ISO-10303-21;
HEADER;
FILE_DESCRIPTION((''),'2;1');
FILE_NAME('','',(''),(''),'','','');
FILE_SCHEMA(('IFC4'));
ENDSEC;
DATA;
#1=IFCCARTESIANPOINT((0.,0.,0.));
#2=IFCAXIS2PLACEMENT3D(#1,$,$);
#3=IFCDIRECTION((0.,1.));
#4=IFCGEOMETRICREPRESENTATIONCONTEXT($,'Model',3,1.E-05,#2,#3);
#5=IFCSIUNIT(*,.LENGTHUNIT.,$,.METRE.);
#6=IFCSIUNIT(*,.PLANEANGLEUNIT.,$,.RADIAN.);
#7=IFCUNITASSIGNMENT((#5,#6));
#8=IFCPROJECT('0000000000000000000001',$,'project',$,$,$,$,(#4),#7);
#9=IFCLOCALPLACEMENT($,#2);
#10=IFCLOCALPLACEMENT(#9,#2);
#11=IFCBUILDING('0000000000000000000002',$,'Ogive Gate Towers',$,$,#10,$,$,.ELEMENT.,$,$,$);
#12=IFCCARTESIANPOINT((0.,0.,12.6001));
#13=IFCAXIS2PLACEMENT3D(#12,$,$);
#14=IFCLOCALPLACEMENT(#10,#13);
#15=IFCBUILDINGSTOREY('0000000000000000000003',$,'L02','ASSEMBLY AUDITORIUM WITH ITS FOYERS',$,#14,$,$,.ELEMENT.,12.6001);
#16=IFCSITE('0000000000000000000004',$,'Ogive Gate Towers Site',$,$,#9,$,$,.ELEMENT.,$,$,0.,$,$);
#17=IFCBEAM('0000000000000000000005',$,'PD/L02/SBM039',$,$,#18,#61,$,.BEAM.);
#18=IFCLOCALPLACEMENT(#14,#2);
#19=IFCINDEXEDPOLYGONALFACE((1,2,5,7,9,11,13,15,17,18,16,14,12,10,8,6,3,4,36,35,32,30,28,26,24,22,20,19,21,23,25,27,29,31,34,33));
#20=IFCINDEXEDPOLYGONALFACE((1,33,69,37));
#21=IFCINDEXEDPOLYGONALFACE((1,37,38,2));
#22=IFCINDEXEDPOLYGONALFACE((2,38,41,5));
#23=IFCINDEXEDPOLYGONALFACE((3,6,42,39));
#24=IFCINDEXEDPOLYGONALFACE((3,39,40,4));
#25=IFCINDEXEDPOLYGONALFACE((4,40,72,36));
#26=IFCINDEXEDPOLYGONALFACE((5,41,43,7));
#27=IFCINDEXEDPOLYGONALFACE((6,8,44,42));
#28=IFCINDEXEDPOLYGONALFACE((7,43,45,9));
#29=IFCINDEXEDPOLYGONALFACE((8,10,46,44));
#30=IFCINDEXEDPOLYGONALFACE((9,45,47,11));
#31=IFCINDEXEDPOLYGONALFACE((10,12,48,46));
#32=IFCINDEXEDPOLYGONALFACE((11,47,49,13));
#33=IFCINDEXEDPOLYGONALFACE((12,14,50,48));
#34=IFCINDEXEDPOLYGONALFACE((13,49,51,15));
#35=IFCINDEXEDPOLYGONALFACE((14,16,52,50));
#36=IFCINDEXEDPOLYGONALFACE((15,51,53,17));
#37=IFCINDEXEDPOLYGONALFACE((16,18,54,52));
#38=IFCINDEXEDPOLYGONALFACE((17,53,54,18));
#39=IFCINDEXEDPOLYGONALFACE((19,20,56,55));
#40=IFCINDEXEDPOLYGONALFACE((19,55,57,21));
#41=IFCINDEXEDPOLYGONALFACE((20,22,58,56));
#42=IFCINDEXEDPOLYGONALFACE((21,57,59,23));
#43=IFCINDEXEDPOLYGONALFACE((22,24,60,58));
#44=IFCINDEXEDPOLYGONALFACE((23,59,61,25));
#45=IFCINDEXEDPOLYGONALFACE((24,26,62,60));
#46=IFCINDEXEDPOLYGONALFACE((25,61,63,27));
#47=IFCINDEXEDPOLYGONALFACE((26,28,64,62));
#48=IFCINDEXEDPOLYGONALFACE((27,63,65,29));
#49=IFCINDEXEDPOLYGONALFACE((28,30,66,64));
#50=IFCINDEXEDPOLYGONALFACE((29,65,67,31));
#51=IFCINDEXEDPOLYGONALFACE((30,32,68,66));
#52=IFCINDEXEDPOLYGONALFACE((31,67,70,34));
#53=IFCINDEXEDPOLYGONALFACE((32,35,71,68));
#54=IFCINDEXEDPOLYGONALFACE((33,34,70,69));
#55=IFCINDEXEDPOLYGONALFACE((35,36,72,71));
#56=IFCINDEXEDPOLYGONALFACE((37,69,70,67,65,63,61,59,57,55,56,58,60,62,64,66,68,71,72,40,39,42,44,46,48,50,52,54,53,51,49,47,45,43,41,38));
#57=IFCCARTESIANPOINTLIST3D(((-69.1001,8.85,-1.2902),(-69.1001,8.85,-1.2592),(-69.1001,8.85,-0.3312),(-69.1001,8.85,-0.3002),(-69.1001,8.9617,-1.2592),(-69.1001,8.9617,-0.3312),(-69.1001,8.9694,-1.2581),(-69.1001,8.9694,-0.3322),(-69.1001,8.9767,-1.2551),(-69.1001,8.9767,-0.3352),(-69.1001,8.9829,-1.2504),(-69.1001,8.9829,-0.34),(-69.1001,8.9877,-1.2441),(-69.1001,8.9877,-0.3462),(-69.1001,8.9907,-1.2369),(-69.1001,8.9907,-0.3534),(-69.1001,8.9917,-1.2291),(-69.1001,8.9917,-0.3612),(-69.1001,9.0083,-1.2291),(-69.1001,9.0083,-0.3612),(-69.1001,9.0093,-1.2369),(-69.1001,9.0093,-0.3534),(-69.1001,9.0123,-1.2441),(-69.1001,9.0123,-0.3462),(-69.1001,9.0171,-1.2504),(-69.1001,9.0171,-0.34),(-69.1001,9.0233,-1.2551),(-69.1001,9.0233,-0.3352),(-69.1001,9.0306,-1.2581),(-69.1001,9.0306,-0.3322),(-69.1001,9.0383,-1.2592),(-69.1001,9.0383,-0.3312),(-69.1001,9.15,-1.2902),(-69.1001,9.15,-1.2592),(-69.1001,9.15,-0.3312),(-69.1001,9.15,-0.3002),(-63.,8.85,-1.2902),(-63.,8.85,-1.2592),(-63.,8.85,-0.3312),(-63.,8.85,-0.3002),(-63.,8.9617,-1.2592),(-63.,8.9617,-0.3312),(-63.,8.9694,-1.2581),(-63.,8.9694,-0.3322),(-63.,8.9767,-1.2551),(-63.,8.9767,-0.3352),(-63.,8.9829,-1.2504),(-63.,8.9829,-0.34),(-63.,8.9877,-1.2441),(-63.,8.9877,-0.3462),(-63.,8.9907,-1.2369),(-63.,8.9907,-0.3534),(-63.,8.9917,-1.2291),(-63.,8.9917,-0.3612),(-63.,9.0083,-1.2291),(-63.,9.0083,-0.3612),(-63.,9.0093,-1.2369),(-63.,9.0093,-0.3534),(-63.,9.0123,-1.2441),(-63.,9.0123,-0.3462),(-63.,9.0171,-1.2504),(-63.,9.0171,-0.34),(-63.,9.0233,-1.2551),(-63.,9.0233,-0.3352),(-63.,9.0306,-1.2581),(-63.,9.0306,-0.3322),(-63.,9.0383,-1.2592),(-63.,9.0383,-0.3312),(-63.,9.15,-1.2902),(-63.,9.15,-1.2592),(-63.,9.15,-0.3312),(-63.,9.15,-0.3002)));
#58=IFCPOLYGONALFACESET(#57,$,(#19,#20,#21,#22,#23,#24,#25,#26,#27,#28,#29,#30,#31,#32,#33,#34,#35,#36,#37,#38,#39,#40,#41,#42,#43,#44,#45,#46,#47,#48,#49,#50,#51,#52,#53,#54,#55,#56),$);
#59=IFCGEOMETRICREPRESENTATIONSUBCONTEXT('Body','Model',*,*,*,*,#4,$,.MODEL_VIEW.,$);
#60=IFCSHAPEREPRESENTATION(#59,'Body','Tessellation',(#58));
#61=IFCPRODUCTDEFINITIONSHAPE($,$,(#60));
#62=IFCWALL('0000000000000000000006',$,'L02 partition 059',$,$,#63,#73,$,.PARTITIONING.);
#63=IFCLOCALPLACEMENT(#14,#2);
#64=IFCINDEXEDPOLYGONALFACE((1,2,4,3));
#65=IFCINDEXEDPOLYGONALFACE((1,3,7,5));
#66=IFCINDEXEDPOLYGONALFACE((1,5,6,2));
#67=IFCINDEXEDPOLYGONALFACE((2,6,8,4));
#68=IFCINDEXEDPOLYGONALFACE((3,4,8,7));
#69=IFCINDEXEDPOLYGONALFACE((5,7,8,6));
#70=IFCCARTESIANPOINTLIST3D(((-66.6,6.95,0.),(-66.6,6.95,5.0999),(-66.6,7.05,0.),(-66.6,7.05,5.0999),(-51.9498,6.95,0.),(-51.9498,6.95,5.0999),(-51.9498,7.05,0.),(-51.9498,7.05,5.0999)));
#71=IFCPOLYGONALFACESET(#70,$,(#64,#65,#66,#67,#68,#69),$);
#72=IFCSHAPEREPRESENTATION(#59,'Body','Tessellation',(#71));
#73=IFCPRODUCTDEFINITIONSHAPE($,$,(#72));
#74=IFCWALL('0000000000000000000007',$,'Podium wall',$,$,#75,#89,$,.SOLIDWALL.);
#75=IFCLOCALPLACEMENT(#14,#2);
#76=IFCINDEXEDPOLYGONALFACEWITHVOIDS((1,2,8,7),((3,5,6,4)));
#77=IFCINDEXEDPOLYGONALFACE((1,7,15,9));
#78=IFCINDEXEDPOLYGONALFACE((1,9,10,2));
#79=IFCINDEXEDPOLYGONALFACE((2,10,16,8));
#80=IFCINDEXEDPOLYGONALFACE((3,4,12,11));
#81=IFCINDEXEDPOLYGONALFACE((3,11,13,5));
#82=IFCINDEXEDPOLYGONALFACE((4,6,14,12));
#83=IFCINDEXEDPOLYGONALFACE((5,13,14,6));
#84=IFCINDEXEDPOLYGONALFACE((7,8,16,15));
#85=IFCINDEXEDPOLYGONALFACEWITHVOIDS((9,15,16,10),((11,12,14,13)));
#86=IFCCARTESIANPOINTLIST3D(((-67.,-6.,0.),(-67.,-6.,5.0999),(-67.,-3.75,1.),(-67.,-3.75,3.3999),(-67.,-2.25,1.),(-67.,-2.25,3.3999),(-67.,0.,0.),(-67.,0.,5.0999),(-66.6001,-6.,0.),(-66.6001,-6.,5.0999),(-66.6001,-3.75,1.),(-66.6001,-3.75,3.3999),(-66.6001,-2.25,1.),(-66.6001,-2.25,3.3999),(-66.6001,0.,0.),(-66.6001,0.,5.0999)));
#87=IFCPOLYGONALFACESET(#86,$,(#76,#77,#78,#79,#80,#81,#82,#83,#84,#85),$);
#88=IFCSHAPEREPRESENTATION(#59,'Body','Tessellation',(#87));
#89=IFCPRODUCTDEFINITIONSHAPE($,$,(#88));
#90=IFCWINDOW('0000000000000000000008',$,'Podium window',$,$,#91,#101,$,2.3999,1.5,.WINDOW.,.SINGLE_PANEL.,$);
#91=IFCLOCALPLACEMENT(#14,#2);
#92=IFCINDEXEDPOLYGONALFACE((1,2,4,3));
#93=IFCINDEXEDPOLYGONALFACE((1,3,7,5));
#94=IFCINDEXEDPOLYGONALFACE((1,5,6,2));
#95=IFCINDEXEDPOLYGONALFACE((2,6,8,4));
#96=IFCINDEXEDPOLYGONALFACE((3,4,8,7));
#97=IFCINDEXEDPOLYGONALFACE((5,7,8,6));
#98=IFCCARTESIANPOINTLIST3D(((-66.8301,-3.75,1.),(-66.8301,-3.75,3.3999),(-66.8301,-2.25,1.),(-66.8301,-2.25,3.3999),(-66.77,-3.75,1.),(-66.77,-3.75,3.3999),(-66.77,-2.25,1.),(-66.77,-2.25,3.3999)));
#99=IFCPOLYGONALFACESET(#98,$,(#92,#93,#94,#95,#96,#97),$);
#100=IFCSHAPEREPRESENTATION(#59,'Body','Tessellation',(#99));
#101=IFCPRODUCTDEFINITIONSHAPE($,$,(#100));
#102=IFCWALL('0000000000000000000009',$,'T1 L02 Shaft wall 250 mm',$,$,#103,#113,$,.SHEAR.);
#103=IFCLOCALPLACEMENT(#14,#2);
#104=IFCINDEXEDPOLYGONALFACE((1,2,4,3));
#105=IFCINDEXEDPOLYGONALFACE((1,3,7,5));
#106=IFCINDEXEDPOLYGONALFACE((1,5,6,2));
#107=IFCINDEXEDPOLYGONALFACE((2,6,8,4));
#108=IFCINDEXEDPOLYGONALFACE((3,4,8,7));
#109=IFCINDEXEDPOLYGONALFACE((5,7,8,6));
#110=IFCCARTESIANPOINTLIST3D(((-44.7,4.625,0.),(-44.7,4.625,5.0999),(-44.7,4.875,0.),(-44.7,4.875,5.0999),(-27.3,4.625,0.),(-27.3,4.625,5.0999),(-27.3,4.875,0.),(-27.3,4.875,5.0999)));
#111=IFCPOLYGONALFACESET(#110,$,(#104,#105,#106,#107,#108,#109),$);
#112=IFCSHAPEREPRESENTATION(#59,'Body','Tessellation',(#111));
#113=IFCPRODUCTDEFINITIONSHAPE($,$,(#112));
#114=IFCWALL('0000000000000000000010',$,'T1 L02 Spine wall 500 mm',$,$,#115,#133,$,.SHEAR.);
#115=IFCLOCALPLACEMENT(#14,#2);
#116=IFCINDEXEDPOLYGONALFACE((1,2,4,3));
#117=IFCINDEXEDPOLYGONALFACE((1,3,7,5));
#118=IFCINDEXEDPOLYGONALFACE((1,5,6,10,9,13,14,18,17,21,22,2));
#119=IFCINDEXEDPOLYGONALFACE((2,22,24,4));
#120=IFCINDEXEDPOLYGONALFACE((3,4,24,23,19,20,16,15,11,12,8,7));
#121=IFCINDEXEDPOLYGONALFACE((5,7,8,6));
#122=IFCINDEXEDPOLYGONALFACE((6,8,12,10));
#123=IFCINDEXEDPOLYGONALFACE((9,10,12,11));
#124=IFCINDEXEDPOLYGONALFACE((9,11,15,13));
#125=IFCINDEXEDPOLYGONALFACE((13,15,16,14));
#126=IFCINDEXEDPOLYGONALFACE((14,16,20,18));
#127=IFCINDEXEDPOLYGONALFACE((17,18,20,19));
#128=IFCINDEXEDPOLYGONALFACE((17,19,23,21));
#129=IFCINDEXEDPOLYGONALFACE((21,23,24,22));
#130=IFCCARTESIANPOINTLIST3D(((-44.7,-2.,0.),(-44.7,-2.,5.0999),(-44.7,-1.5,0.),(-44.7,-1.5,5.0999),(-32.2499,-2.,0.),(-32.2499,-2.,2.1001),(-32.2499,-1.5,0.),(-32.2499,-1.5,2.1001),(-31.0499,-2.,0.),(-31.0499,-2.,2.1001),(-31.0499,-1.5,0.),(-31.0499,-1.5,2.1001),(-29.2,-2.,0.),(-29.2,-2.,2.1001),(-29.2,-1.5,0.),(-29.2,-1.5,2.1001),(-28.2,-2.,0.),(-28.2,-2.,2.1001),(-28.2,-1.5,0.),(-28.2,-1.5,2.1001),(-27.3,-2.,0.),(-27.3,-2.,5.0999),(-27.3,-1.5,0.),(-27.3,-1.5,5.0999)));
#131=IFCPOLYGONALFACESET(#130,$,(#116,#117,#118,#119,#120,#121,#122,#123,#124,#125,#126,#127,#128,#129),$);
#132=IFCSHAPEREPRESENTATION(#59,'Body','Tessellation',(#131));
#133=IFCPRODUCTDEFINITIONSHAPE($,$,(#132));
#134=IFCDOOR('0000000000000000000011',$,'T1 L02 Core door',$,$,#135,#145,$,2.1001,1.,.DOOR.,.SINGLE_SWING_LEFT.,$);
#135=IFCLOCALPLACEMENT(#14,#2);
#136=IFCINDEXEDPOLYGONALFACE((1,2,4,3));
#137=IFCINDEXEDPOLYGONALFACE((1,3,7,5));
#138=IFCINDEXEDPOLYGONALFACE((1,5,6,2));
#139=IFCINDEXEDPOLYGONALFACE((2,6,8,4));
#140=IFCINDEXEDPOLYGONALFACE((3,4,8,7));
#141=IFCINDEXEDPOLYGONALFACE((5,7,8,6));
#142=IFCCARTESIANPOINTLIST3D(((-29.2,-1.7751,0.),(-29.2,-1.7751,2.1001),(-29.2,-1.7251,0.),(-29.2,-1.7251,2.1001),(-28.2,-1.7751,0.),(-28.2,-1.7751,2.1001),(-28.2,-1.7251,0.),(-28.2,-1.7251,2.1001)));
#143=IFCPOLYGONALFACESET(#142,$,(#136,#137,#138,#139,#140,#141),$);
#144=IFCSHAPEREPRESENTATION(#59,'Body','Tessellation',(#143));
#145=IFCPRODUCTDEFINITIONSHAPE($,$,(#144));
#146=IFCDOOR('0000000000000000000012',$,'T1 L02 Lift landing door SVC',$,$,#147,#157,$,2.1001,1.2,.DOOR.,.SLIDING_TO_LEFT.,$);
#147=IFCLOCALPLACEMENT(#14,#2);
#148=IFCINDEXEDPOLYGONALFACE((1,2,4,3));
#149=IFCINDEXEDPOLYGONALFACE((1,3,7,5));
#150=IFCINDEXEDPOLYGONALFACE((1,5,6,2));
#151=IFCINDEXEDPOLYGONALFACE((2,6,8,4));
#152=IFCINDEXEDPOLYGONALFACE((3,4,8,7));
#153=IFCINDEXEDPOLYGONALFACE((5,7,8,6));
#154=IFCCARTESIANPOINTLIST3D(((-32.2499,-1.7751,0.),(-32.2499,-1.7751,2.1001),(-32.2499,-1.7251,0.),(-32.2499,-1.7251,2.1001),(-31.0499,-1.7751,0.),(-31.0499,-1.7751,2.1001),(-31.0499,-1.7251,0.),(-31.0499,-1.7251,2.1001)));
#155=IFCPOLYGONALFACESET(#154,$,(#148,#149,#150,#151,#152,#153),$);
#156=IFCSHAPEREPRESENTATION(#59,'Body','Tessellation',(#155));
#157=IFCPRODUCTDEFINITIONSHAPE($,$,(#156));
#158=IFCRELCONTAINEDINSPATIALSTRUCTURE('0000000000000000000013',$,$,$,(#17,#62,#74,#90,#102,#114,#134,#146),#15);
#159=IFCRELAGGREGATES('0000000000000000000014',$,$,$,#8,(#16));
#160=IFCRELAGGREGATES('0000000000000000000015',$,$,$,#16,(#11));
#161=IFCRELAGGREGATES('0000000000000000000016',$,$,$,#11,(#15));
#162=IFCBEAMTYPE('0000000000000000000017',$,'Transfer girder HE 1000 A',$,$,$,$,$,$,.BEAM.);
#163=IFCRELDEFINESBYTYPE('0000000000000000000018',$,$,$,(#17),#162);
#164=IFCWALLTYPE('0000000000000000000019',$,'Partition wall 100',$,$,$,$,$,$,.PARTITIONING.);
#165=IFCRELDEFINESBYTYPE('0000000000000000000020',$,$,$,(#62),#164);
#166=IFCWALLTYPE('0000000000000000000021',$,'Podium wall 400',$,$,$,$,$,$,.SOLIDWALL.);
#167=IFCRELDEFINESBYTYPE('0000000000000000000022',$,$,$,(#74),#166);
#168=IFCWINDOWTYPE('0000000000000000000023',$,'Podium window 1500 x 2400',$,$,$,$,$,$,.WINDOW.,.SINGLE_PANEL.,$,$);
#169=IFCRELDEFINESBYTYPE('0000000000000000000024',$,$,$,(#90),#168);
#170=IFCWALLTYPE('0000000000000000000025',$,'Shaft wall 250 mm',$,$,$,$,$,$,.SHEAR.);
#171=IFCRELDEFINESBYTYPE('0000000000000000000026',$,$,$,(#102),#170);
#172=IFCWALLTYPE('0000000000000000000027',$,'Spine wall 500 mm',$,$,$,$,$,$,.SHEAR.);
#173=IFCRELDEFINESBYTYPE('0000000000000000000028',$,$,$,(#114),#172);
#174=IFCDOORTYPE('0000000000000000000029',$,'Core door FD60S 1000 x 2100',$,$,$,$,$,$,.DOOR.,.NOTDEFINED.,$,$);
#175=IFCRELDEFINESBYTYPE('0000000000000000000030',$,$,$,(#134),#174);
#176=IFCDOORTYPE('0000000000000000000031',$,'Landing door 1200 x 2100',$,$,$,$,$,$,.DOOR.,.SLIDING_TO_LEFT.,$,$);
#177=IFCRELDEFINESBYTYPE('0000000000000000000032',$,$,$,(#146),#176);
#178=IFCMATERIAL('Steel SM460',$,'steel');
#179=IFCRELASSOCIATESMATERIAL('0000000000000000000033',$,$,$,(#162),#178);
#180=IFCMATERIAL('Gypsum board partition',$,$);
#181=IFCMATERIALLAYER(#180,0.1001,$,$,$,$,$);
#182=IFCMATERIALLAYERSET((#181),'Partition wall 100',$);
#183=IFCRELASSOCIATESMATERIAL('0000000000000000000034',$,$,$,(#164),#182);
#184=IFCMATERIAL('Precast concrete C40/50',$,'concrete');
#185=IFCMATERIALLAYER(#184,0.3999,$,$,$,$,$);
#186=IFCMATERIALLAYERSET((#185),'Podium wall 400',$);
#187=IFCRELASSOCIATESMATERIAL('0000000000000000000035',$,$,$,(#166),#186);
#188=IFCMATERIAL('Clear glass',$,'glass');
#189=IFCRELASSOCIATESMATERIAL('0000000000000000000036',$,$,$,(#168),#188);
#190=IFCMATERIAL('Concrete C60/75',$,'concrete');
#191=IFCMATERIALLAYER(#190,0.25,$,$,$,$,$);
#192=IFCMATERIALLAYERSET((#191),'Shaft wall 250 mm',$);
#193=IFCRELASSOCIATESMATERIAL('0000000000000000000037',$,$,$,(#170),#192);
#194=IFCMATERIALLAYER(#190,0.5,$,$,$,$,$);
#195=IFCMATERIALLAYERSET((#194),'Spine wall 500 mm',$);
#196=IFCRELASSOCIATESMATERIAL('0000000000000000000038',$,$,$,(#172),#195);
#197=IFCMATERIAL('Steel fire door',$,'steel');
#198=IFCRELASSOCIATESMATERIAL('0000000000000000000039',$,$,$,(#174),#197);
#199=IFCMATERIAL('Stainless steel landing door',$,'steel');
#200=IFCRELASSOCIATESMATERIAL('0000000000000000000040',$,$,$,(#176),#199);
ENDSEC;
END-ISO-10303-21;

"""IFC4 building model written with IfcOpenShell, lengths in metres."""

from ifc_helpers import new_model, si_unit, direction, frame, frame_2d, origin, origin_2d, place, context, subcontext, project, spatial, rectangle, i_section, extrude, material, layer, layer_set, material_profile, profile_set, type_object, element, fill, save


model = new_model("IFC4")

# Units and contexts
model_context = context("Model", 3, precision=1e-05, world=origin(), true_north=direction((0.0, 1.0)))
body_context = subcontext(model_context, "Body", "Model", "MODEL_VIEW")
ifc_project = project(units=[si_unit("LENGTHUNIT", "METRE"), si_unit("PLANEANGLEUNIT", "RADIAN")], contexts=[model_context])

# Site, building, storey
site_placement = place(None, origin())
site = spatial("IfcSite", under=ifc_project, at=site_placement, Name="Ogive Gate Towers Site", CompositionType="ELEMENT", RefElevation=0.0)
building_placement = place(site_placement, origin())
building = spatial("IfcBuilding", under=site, at=building_placement, Name="Ogive Gate Towers", CompositionType="ELEMENT")
storey_placement = place(building_placement, frame((0.0, 0.0, 12.6001)))
storey = spatial("IfcBuildingStorey", under=building, at=storey_placement, Name="L02", Description="ASSEMBLY AUDITORIUM WITH ITS FOYERS", CompositionType="ELEMENT", Elevation=12.6001)

# Beam
ifc_material_1 = material(Name="Steel SM460", Category="steel")
ifc_material_profile_1 = material_profile(ifc_material_1, i_section(OverallWidth=0.3, OverallDepth=0.99, WebThickness=0.0166, FlangeThickness=0.031, FilletRadius=0.03, at=origin_2d()), Name="HE 1000 A")
ifc_profile_set_1 = profile_set([ifc_material_profile_1], Name="Steel SM460")
beam_type_1 = type_object("IfcBeamType", Name="Transfer girder HE 1000 A", PredefinedType="BEAM", material=ifc_profile_set_1)
beam_1_placement = place(storey_placement, frame((-69.1001, 9.0, -0.7952), z_axis=(1.0, 0.0, 0.0), x_axis=(0.0, 1.0, 0.0)))
element("IfcBeam", 1, at=beam_1_placement, inside=storey, type_object=beam_type_1, Name="PD/L02/SBM039", PredefinedType="BEAM", context=body_context, shape_type="SweptSolid", body=[
    extrude(i_section(OverallWidth=0.3, OverallDepth=0.99, WebThickness=0.0166, FlangeThickness=0.031, FilletRadius=0.03, at=origin_2d()), origin(), (0.0, 0.0, 1.0), 6.1001),
])

# Wall
ifc_material_2 = material(Name="Gypsum board partition")
ifc_layer_1 = layer(ifc_material_2, 0.1001)
ifc_layer_set_1 = layer_set([ifc_layer_1], Name="Partition wall 100")
wall_type_1 = type_object("IfcWallType", Name="Partition wall 100", PredefinedType="PARTITIONING", material=ifc_layer_set_1)
wall_1_placement = place(storey_placement, frame((-66.6001, 7.0, 0.0), z_axis=(0.0, 0.0, 1.0), x_axis=(1.0, 0.0, 0.0)))
element("IfcWall", 2, at=wall_1_placement, inside=storey, type_object=wall_type_1, Name="L02 partition 059", PredefinedType="PARTITIONING", context=body_context, shape_type="SweptSolid", body=[
    extrude(rectangle(XDim=14.6501, YDim=0.1001, at=frame_2d((7.3252, 0.0))), origin(), (0.0, 0.0, 1.0), 5.0999),
])

# Shared definitions
ifc_material_3 = material(Name="Precast concrete C40/50", Category="concrete")
ifc_layer_2 = layer(ifc_material_3, 0.3999)
ifc_layer_set_2 = layer_set([ifc_layer_2], Name="Podium wall 400")
wall_type_2 = type_object("IfcWallType", Name="Podium wall 400", PredefinedType="SOLIDWALL", material=ifc_layer_set_2)

# Wall, opening, window
wall_2_placement = place(storey_placement, frame((-66.8, 0.0, 0.0), z_axis=(0.0, 0.0, 1.0), x_axis=(0.0, -1.0, 0.0)))
wall_2 = element("IfcWall", 3, at=wall_2_placement, inside=storey, type_object=wall_type_2, Name="Podium wall", PredefinedType="SOLIDWALL", context=body_context, shape_type="SweptSolid", body=[
    extrude(rectangle(XDim=6.0, YDim=0.3999, at=frame_2d((3.0, 0.0))), origin(), (0.0, 0.0, 1.0), 5.0999),
])
opening_1_placement = place(wall_2_placement, frame((2.25, 0.0, 1.0)))
opening_1 = element("IfcOpeningElement", 4, at=opening_1_placement, cuts=wall_2, PredefinedType="OPENING", context=body_context, shape_type="SweptSolid", body=[
    extrude(rectangle(XDim=1.5, YDim=2.3999, at=frame_2d((0.75, 1.2))), frame((0.0, 0.21, 0.0), z_axis=(0.0, -1.0, 0.0), x_axis=(1.0, 0.0, 0.0)), (0.0, 0.0, 1.0), 0.4199),
])
ifc_material_4 = material(Name="Clear glass", Category="glass")
window_type = type_object("IfcWindowType", Name="Podium window 1500 x 2400", PartitioningType="SINGLE_PANEL", PredefinedType="WINDOW", material=ifc_material_4)
window_placement = place(opening_1_placement, origin())
window = element("IfcWindow", 5, at=window_placement, inside=storey, type_object=window_type, Name="Podium window", OverallHeight=2.3999, OverallWidth=1.5, PartitioningType="SINGLE_PANEL", PredefinedType="WINDOW", context=body_context, shape_type="SweptSolid", body=[
    extrude(rectangle(XDim=1.5, YDim=2.3999, at=frame_2d((0.75, 1.2))), frame((0.0, 0.03, 0.0), z_axis=(0.0, -1.0, 0.0), x_axis=(1.0, 0.0, 0.0)), (0.0, 0.0, 1.0), 0.0601),
])
fill(opening_1, window)

# Wall
ifc_material_5 = material(Name="Concrete C60/75", Category="concrete")
ifc_layer_3 = layer(ifc_material_5, 0.25)
ifc_layer_set_3 = layer_set([ifc_layer_3], Name="Shaft wall 250 mm")
wall_type_3 = type_object("IfcWallType", Name="Shaft wall 250 mm", PredefinedType="SHEAR", material=ifc_layer_set_3)
wall_3_placement = place(storey_placement, frame((-44.7, 4.75, 0.0), z_axis=(0.0, 0.0, 1.0), x_axis=(1.0, 0.0, 0.0)))
element("IfcWall", 6, at=wall_3_placement, inside=storey, type_object=wall_type_3, Name="T1 L02 Shaft wall 250 mm", PredefinedType="SHEAR", context=body_context, shape_type="SweptSolid", body=[
    extrude(rectangle(XDim=17.3999, YDim=0.25, at=frame_2d((8.7, 0.0))), origin(), (0.0, 0.0, 1.0), 5.0999),
])

# Wall, openings, doors
ifc_layer_4 = layer(ifc_material_5, 0.5)
ifc_layer_set_4 = layer_set([ifc_layer_4], Name="Spine wall 500 mm")
wall_type_4 = type_object("IfcWallType", Name="Spine wall 500 mm", PredefinedType="SHEAR", material=ifc_layer_set_4)
wall_4_placement = place(storey_placement, frame((-44.7, -1.75, 0.0), z_axis=(0.0, 0.0, 1.0), x_axis=(1.0, 0.0, 0.0)))
wall_4 = element("IfcWall", 7, at=wall_4_placement, inside=storey, type_object=wall_type_4, Name="T1 L02 Spine wall 500 mm", PredefinedType="SHEAR", context=body_context, shape_type="SweptSolid", body=[
    extrude(rectangle(XDim=17.3999, YDim=0.5, at=frame_2d((8.7, 0.0))), origin(), (0.0, 0.0, 1.0), 5.0999),
])
opening_2_placement = place(wall_4_placement, frame((12.45, 0.0, 0.0)))
opening_2 = element("IfcOpeningElement", 8, at=opening_2_placement, cuts=wall_4, PredefinedType="OPENING", context=body_context, shape_type="SweptSolid", body=[
    extrude(rectangle(XDim=1.2, YDim=2.1001, at=frame_2d((0.6001, 1.05))), frame((0.0, 0.26, 0.0), z_axis=(0.0, -1.0, 0.0), x_axis=(1.0, 0.0, 0.0)), (0.0, 0.0, 1.0), 0.52),
])
opening_3_placement = place(wall_4_placement, frame((15.5, 0.0, 0.0)))
opening_3 = element("IfcOpeningElement", 9, at=opening_3_placement, cuts=wall_4, PredefinedType="OPENING", context=body_context, shape_type="SweptSolid", body=[
    extrude(rectangle(XDim=1.0, YDim=2.1001, at=frame_2d((0.5, 1.05))), frame((0.0, 0.26, 0.0), z_axis=(0.0, -1.0, 0.0), x_axis=(1.0, 0.0, 0.0)), (0.0, 0.0, 1.0), 0.52),
])
ifc_material_6 = material(Name="Steel fire door", Category="steel")
door_type_1 = type_object("IfcDoorType", Name="Core door FD60S 1000 x 2100", OperationType="NOTDEFINED", PredefinedType="DOOR", material=ifc_material_6)
door_1_placement = place(opening_3_placement, origin())
door_1 = element("IfcDoor", 10, at=door_1_placement, inside=storey, type_object=door_type_1, Name="T1 L02 Core door", OperationType="SINGLE_SWING_LEFT", OverallHeight=2.1001, OverallWidth=1.0, PredefinedType="DOOR", context=body_context, shape_type="SweptSolid", body=[
    extrude(rectangle(XDim=1.0, YDim=2.1001, at=frame_2d((0.5, 1.05))), frame((0.0, 0.0249, 0.0), z_axis=(0.0, -1.0, 0.0), x_axis=(1.0, 0.0, 0.0)), (0.0, 0.0, 1.0), 0.05),
])
fill(opening_3, door_1)
ifc_material_7 = material(Name="Stainless steel landing door", Category="steel")
door_type_2 = type_object("IfcDoorType", Name="Landing door 1200 x 2100", OperationType="SLIDING_TO_LEFT", PredefinedType="DOOR", material=ifc_material_7)
door_2_placement = place(opening_2_placement, origin())
door_2 = element("IfcDoor", 11, at=door_2_placement, inside=storey, type_object=door_type_2, Name="T1 L02 Lift landing door SVC", OperationType="SLIDING_TO_LEFT", OverallHeight=2.1001, OverallWidth=1.2, PredefinedType="DOOR", context=body_context, shape_type="SweptSolid", body=[
    extrude(rectangle(XDim=1.2, YDim=2.1001, at=frame_2d((0.6001, 1.05))), frame((0.0, 0.0249, 0.0), z_axis=(0.0, -1.0, 0.0), x_axis=(1.0, 0.0, 0.0)), (0.0, 0.0, 1.0), 0.05),
])
fill(opening_2, door_2)

save(model, "model.ifc")
